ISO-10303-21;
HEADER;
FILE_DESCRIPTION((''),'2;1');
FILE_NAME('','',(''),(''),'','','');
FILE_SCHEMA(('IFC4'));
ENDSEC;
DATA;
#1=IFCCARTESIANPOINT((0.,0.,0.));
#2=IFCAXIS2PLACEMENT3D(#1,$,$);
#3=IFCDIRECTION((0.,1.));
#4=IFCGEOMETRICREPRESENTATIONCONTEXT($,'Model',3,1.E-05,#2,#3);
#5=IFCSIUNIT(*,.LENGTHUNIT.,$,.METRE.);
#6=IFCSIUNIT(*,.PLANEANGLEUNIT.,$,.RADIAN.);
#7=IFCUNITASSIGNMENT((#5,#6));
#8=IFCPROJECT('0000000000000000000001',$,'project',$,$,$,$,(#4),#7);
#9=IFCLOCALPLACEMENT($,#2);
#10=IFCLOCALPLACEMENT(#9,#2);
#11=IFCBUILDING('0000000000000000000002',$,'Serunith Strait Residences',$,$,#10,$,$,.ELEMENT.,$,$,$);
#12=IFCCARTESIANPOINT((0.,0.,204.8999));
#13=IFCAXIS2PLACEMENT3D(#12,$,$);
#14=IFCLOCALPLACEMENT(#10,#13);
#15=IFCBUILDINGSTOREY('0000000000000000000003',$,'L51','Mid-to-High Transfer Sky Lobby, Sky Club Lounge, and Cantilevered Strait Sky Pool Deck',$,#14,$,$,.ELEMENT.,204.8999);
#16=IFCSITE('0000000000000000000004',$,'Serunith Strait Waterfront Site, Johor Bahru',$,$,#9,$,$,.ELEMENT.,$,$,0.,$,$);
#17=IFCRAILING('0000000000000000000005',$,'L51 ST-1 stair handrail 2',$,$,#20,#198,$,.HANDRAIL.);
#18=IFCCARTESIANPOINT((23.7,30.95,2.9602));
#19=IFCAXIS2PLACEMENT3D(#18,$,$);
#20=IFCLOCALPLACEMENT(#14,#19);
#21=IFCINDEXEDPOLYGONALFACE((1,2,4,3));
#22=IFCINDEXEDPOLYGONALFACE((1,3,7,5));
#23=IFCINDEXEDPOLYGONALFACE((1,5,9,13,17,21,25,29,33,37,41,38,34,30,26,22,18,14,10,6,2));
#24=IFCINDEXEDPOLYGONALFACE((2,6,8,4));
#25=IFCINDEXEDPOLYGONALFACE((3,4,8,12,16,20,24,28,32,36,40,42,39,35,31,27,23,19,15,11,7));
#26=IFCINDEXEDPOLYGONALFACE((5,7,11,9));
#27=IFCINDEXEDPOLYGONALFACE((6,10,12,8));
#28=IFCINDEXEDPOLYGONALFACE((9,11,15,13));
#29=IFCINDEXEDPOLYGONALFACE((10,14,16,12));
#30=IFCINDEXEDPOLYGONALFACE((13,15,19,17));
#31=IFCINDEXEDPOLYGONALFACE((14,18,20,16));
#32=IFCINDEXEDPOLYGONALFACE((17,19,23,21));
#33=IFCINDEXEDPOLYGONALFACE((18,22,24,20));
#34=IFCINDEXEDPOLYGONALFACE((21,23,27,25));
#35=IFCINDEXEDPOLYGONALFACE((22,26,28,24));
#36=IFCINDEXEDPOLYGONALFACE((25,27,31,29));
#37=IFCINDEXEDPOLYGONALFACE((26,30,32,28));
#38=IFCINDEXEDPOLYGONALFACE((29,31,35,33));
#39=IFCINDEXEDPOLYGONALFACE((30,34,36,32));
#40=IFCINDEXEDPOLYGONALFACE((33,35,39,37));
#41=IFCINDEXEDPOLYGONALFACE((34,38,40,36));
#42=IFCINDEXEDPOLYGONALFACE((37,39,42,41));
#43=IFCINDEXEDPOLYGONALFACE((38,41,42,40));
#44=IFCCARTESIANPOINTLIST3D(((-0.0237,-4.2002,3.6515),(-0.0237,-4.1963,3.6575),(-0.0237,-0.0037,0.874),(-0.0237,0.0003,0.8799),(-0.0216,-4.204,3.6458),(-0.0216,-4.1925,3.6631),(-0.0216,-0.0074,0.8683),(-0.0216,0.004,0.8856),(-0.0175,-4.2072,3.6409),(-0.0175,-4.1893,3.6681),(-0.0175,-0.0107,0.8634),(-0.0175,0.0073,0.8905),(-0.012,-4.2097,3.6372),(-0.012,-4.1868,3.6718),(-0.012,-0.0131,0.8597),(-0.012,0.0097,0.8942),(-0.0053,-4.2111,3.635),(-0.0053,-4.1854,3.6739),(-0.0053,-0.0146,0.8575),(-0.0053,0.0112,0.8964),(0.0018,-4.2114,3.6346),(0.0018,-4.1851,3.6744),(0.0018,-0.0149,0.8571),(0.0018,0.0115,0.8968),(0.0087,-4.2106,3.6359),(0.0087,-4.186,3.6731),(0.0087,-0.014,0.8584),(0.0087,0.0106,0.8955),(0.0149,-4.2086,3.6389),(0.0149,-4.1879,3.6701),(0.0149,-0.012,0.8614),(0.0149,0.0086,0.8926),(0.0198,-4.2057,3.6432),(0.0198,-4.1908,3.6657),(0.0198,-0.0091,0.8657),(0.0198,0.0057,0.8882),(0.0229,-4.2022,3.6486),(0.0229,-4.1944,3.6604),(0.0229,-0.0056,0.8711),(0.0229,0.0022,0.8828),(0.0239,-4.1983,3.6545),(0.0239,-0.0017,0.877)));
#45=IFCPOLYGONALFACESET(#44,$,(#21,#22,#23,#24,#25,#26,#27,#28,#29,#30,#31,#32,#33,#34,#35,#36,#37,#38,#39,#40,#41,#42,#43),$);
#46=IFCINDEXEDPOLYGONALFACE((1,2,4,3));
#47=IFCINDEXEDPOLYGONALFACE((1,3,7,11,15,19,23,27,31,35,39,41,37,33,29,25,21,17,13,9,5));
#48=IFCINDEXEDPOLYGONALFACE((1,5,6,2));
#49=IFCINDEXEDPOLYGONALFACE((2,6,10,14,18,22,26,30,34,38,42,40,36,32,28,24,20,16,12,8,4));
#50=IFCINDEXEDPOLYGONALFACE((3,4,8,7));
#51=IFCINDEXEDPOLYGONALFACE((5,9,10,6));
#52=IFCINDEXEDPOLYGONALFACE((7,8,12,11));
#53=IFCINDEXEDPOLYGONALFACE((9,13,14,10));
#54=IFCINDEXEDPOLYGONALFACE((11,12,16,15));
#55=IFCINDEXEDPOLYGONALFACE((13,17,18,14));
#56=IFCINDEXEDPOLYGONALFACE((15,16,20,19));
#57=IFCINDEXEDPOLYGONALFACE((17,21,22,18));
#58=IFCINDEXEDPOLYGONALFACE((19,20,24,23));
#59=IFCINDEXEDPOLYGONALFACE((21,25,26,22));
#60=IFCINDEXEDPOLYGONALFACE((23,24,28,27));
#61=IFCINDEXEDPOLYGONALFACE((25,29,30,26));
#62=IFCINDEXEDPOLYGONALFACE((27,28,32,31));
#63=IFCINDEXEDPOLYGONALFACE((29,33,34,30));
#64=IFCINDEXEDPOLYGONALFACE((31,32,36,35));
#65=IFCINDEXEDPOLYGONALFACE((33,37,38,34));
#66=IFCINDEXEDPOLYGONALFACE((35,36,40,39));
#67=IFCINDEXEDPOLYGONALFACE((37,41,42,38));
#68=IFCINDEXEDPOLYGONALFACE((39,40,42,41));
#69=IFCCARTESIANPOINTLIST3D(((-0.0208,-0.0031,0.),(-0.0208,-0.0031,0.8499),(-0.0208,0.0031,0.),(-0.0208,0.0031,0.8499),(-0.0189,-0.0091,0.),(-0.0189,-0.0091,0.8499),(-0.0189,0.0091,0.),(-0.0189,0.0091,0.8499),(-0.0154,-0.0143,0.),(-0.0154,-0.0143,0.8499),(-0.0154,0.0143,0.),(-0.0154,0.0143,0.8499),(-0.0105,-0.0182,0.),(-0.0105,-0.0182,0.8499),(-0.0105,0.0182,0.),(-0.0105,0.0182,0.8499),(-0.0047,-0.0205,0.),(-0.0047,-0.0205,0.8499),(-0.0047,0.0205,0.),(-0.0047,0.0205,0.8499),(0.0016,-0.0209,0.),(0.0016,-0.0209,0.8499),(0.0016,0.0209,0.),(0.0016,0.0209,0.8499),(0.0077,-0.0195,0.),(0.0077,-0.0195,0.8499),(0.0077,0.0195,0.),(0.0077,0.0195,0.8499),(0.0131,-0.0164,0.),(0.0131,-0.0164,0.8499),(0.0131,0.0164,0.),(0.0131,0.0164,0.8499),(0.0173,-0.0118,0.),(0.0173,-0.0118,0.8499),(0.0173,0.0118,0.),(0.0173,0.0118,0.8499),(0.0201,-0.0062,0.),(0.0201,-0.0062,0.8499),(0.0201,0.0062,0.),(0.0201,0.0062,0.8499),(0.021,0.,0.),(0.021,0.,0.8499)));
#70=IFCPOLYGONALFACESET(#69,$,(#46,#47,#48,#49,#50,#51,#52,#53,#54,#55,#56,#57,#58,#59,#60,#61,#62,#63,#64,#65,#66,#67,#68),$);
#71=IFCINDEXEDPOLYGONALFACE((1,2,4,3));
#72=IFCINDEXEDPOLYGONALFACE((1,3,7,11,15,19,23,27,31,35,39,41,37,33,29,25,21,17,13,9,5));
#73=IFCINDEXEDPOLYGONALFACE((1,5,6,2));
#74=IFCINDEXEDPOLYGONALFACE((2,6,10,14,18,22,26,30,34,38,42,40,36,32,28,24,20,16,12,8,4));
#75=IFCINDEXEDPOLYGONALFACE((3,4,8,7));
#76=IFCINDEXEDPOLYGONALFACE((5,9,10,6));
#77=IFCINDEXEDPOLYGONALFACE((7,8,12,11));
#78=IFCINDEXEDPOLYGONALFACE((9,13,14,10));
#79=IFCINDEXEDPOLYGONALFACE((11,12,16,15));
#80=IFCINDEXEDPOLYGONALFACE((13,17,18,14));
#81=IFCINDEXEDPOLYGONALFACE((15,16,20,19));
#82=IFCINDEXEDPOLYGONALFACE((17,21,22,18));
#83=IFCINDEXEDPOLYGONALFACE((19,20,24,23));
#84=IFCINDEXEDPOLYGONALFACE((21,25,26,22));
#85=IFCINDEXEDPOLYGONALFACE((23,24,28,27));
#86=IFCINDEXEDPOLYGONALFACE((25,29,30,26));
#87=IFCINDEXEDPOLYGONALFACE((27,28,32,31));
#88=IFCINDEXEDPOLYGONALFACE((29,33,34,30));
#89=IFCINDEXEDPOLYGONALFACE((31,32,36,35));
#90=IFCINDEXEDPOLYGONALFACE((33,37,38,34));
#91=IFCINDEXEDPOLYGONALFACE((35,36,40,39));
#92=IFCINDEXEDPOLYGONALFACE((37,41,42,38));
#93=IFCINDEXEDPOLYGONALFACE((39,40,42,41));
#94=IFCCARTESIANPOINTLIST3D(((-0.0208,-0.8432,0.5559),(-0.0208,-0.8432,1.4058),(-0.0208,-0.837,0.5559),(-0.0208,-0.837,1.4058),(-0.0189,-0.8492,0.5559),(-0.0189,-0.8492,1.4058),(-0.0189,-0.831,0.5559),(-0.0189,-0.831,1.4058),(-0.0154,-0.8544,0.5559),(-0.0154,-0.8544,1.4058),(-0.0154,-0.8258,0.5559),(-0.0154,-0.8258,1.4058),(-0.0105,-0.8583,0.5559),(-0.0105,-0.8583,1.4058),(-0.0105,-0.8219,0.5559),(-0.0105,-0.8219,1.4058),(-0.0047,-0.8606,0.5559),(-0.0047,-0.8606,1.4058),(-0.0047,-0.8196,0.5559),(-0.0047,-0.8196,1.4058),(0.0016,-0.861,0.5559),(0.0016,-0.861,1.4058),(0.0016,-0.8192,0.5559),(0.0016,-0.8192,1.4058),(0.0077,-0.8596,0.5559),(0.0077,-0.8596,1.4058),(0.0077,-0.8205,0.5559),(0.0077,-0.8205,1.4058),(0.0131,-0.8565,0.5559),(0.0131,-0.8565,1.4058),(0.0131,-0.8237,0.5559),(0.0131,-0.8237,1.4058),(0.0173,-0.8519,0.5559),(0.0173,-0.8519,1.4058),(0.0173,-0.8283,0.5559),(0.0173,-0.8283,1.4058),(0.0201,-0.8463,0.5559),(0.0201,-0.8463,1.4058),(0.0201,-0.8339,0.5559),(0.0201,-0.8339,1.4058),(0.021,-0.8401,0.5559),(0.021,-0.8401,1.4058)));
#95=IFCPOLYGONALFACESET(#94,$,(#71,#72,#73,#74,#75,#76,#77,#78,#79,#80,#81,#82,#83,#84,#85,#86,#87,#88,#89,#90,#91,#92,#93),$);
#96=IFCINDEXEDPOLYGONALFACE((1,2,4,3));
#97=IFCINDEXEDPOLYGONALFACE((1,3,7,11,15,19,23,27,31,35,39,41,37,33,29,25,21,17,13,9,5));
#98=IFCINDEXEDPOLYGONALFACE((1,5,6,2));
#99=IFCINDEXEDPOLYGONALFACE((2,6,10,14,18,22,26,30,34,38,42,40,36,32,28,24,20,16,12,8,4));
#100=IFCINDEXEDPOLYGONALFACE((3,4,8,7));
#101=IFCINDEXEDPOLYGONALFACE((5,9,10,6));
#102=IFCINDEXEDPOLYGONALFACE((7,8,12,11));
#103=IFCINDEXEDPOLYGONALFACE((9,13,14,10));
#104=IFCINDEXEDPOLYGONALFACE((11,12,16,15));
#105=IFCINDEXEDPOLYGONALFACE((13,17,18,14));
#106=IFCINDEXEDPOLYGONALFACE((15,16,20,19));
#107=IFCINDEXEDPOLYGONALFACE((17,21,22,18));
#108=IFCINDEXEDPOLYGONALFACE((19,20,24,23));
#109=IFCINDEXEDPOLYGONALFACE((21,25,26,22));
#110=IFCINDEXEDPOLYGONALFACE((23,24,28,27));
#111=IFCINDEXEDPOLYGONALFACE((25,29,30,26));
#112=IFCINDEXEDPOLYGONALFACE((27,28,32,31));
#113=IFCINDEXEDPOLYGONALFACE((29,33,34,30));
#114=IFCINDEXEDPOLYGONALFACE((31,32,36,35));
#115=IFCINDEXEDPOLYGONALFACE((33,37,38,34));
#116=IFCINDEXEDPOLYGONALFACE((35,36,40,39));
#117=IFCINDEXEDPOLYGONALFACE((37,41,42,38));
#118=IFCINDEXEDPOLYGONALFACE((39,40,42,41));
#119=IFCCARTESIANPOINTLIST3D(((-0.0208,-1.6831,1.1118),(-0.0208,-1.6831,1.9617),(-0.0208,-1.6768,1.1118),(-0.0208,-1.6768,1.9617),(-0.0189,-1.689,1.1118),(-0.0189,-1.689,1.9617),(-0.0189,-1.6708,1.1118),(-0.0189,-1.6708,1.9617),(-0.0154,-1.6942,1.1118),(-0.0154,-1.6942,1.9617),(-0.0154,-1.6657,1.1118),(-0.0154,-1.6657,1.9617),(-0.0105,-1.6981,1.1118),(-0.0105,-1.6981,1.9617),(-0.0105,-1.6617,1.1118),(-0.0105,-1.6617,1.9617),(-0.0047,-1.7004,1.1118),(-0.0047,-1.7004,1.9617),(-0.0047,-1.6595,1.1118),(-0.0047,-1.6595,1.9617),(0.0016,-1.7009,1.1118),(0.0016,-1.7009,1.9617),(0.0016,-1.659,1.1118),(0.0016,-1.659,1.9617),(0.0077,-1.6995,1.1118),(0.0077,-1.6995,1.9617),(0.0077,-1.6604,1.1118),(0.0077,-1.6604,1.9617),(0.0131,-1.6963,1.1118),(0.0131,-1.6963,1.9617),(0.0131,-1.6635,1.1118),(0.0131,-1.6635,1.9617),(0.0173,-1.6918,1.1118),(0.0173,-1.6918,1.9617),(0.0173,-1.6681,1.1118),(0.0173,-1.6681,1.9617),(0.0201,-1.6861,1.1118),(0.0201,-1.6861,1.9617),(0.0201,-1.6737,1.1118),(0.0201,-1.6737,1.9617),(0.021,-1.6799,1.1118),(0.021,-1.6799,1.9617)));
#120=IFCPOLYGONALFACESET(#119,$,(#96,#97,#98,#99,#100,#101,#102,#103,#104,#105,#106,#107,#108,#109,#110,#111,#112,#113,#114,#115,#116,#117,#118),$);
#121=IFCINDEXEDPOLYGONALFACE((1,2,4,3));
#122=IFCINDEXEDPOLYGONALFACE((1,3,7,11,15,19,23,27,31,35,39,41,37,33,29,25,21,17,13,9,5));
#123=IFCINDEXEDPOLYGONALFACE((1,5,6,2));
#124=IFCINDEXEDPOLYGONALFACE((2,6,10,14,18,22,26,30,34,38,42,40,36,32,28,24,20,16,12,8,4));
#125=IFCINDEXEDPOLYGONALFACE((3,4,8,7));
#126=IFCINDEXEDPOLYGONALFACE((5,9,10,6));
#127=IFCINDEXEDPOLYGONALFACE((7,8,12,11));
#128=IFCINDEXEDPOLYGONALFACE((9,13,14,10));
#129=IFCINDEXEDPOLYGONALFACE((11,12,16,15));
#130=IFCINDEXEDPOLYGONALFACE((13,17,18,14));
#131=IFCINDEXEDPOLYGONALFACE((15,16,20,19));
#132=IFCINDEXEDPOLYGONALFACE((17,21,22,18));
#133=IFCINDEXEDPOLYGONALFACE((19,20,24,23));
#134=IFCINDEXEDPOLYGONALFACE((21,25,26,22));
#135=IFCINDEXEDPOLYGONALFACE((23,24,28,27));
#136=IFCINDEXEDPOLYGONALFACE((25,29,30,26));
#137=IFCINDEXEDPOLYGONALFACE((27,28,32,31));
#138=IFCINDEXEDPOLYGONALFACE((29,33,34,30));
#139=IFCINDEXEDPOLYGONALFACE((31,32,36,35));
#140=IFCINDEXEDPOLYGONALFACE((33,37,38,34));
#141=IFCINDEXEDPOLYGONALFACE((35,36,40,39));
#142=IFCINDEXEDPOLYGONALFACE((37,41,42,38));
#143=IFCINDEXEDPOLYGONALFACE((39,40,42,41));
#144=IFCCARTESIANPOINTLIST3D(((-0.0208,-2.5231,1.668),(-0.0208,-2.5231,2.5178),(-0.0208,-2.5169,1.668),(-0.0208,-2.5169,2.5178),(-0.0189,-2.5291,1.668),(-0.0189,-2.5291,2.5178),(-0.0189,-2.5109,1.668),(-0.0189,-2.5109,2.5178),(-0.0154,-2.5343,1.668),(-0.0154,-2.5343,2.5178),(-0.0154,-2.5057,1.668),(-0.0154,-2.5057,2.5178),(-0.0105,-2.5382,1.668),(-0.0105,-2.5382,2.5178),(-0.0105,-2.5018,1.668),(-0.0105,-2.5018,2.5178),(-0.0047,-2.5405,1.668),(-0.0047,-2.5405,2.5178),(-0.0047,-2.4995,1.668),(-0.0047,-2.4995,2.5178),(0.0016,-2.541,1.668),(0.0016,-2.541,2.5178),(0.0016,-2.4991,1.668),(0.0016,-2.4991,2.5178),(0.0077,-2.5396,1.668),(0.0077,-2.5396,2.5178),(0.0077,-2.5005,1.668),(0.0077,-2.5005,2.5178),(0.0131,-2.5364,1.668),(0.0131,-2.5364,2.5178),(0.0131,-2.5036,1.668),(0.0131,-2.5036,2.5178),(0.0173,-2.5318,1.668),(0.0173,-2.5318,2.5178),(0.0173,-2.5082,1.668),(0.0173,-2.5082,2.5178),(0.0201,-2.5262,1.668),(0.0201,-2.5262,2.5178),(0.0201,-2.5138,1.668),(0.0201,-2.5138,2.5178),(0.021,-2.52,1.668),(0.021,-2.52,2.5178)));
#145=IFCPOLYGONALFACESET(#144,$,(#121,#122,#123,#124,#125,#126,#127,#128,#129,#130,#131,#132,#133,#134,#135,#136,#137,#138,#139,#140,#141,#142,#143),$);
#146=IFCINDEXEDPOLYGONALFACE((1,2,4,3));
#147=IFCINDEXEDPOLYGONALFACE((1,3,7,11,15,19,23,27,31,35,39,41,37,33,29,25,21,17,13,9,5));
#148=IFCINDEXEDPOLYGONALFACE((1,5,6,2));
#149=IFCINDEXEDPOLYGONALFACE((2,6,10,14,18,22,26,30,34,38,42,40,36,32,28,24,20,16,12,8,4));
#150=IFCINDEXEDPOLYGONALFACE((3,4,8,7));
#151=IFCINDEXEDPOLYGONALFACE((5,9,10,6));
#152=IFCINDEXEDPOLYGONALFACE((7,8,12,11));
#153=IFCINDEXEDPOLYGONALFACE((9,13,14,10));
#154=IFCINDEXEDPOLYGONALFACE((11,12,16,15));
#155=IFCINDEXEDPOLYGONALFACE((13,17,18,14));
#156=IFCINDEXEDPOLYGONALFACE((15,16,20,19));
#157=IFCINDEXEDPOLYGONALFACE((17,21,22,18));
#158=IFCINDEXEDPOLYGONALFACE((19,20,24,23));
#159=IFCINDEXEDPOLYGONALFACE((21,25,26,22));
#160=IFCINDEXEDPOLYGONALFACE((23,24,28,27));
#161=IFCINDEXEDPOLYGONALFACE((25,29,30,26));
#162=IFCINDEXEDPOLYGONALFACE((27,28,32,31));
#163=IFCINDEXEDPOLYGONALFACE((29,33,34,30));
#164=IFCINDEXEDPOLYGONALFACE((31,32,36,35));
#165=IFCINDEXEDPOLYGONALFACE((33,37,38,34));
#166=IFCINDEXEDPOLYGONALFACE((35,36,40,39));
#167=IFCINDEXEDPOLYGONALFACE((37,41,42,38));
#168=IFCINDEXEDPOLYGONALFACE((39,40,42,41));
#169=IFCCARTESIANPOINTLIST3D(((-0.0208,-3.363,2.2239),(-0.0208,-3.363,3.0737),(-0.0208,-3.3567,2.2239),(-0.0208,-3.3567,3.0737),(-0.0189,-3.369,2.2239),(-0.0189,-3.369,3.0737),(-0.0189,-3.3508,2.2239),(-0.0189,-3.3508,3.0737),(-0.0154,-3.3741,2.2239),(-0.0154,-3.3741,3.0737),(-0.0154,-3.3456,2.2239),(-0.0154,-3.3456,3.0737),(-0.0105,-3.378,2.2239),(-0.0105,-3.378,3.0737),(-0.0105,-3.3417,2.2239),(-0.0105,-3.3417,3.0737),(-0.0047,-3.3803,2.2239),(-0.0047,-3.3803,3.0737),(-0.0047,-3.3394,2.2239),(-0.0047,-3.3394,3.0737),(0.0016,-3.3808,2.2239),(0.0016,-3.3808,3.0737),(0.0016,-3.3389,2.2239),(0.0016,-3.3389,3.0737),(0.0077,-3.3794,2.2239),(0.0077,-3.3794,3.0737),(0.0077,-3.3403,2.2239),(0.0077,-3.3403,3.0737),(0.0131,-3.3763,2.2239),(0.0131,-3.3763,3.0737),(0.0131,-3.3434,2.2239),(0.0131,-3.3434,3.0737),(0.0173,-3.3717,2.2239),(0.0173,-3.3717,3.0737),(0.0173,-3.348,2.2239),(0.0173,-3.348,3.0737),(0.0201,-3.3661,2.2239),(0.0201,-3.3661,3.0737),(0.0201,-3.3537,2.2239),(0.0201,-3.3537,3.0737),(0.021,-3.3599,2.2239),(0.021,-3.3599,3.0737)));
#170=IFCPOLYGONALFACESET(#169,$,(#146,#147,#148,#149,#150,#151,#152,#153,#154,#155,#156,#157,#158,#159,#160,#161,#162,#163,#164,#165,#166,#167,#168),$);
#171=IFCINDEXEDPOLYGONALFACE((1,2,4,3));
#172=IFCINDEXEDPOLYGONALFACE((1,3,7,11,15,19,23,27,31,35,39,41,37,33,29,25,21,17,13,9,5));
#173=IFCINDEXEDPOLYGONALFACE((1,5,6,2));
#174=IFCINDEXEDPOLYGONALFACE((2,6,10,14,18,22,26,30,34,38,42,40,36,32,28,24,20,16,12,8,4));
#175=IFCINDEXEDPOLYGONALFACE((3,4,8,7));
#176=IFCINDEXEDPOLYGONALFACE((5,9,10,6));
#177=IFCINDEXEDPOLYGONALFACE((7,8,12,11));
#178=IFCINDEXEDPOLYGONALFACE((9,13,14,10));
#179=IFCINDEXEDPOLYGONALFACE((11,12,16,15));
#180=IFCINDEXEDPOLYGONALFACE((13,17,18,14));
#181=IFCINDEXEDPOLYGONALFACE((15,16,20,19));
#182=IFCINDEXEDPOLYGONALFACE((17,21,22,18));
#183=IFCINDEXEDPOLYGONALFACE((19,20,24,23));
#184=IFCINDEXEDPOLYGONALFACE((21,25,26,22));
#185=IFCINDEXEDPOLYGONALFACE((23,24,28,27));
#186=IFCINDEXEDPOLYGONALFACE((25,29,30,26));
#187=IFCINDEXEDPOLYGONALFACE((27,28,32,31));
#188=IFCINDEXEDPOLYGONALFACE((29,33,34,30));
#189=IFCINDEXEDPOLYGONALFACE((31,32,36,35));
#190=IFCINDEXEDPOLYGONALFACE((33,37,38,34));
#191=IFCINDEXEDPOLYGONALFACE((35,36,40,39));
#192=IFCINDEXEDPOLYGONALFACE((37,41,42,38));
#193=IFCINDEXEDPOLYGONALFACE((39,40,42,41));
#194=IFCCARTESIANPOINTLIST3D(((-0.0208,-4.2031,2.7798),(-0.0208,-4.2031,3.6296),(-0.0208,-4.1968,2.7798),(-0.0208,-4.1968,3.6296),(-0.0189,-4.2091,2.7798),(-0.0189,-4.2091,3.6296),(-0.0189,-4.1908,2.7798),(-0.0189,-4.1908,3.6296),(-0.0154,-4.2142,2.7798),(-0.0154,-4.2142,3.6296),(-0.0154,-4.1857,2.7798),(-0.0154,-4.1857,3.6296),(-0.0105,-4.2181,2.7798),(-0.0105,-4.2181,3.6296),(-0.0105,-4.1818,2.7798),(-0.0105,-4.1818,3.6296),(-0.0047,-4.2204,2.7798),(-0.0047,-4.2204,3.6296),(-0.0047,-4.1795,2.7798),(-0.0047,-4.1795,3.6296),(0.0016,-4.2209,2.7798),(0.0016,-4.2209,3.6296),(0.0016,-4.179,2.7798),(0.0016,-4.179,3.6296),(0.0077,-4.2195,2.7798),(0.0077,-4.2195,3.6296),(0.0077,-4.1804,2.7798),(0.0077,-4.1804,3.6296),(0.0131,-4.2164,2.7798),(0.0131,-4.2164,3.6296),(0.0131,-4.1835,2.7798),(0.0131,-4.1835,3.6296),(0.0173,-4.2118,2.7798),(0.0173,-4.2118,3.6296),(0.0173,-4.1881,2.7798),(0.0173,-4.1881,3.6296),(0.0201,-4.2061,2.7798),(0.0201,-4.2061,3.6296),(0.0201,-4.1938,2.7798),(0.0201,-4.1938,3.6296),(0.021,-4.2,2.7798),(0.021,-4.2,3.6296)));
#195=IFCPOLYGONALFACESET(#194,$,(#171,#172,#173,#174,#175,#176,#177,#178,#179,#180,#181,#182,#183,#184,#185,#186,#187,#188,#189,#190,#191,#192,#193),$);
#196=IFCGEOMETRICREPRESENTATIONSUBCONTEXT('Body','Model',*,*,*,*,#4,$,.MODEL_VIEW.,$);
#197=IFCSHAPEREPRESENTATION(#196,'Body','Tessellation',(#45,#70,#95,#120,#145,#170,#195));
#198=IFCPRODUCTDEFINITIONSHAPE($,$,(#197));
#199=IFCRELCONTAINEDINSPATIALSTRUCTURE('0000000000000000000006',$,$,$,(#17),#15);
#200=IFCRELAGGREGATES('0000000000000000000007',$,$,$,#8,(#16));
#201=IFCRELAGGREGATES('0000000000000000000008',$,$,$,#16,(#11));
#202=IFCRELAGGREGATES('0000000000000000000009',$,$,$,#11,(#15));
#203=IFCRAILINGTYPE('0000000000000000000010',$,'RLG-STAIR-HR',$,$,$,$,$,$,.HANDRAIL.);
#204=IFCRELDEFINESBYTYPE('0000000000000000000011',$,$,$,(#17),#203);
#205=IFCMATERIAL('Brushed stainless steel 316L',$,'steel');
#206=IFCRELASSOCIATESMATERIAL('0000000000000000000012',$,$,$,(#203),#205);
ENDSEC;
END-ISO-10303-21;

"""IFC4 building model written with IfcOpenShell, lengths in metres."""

from ifc_helpers import new_model, si_unit, direction, frame, origin, origin_2d, place, context, subcontext, project, spatial, circle, extrude, material, type_object, element, save


model = new_model("IFC4")

# Units and contexts
model_context = context("Model", 3, precision=1e-05, world=origin(), true_north=direction((0.0, 1.0)))
body_context = subcontext(model_context, "Body", "Model", "MODEL_VIEW")
ifc_project = project(units=[si_unit("LENGTHUNIT", "METRE"), si_unit("PLANEANGLEUNIT", "RADIAN")], contexts=[model_context])

# Site, building, storey
site_placement = place(None, origin())
site = spatial("IfcSite", under=ifc_project, at=site_placement, Name="Serunith Strait Waterfront Site, Johor Bahru", CompositionType="ELEMENT", RefElevation=0.0)
building_placement = place(site_placement, origin())
building = spatial("IfcBuilding", under=site, at=building_placement, Name="Serunith Strait Residences", CompositionType="ELEMENT")
storey_placement = place(building_placement, frame((0.0, 0.0, 204.8999)))
storey = spatial("IfcBuildingStorey", under=building, at=storey_placement, Name="L51", Description="Mid-to-High Transfer Sky Lobby, Sky Club Lounge, and Cantilevered Strait Sky Pool Deck", CompositionType="ELEMENT", Elevation=204.8999)

# Railing
ifc_material_1 = material(Name="Brushed stainless steel 316L", Category="steel")
railing_type_1 = type_object("IfcRailingType", Name="RLG-STAIR-HR", PredefinedType="HANDRAIL", material=ifc_material_1)
railing_1_placement = place(storey_placement, frame((23.7, 30.95, 2.9602)))
element("IfcRailing", 1, at=railing_1_placement, inside=storey, type_object=railing_type_1, Name="L51 ST-1 stair handrail 2", PredefinedType="HANDRAIL", context=body_context, shape_type="SweptSolid", body=[
    extrude(circle(Radius=0.0239, at=origin_2d()), frame((0.0, -0.0017, 0.877), z_axis=(0.0, -0.833895, 0.551923), x_axis=(1.0, 0.0, 0.0)), (0.0, 0.0, 1.0), 5.0325),
    extrude(circle(Radius=0.021, at=origin_2d()), origin(), (0.0, 0.0, 1.0), 0.8499),
    extrude(circle(Radius=0.021, at=origin_2d()), frame((0.0, -0.8401, 0.5559)), (0.0, 0.0, 1.0), 0.8499),
    extrude(circle(Radius=0.021, at=origin_2d()), frame((0.0, -1.6799, 1.1118)), (0.0, 0.0, 1.0), 0.8499),
    extrude(circle(Radius=0.021, at=origin_2d()), frame((0.0, -2.52, 1.668)), (0.0, 0.0, 1.0), 0.8499),
    extrude(circle(Radius=0.021, at=origin_2d()), frame((0.0, -3.3599, 2.2239)), (0.0, 0.0, 1.0), 0.8499),
    extrude(circle(Radius=0.021, at=origin_2d()), frame((0.0, -4.2, 2.7798)), (0.0, 0.0, 1.0), 0.8499),
])

save(model, "model.ifc")
